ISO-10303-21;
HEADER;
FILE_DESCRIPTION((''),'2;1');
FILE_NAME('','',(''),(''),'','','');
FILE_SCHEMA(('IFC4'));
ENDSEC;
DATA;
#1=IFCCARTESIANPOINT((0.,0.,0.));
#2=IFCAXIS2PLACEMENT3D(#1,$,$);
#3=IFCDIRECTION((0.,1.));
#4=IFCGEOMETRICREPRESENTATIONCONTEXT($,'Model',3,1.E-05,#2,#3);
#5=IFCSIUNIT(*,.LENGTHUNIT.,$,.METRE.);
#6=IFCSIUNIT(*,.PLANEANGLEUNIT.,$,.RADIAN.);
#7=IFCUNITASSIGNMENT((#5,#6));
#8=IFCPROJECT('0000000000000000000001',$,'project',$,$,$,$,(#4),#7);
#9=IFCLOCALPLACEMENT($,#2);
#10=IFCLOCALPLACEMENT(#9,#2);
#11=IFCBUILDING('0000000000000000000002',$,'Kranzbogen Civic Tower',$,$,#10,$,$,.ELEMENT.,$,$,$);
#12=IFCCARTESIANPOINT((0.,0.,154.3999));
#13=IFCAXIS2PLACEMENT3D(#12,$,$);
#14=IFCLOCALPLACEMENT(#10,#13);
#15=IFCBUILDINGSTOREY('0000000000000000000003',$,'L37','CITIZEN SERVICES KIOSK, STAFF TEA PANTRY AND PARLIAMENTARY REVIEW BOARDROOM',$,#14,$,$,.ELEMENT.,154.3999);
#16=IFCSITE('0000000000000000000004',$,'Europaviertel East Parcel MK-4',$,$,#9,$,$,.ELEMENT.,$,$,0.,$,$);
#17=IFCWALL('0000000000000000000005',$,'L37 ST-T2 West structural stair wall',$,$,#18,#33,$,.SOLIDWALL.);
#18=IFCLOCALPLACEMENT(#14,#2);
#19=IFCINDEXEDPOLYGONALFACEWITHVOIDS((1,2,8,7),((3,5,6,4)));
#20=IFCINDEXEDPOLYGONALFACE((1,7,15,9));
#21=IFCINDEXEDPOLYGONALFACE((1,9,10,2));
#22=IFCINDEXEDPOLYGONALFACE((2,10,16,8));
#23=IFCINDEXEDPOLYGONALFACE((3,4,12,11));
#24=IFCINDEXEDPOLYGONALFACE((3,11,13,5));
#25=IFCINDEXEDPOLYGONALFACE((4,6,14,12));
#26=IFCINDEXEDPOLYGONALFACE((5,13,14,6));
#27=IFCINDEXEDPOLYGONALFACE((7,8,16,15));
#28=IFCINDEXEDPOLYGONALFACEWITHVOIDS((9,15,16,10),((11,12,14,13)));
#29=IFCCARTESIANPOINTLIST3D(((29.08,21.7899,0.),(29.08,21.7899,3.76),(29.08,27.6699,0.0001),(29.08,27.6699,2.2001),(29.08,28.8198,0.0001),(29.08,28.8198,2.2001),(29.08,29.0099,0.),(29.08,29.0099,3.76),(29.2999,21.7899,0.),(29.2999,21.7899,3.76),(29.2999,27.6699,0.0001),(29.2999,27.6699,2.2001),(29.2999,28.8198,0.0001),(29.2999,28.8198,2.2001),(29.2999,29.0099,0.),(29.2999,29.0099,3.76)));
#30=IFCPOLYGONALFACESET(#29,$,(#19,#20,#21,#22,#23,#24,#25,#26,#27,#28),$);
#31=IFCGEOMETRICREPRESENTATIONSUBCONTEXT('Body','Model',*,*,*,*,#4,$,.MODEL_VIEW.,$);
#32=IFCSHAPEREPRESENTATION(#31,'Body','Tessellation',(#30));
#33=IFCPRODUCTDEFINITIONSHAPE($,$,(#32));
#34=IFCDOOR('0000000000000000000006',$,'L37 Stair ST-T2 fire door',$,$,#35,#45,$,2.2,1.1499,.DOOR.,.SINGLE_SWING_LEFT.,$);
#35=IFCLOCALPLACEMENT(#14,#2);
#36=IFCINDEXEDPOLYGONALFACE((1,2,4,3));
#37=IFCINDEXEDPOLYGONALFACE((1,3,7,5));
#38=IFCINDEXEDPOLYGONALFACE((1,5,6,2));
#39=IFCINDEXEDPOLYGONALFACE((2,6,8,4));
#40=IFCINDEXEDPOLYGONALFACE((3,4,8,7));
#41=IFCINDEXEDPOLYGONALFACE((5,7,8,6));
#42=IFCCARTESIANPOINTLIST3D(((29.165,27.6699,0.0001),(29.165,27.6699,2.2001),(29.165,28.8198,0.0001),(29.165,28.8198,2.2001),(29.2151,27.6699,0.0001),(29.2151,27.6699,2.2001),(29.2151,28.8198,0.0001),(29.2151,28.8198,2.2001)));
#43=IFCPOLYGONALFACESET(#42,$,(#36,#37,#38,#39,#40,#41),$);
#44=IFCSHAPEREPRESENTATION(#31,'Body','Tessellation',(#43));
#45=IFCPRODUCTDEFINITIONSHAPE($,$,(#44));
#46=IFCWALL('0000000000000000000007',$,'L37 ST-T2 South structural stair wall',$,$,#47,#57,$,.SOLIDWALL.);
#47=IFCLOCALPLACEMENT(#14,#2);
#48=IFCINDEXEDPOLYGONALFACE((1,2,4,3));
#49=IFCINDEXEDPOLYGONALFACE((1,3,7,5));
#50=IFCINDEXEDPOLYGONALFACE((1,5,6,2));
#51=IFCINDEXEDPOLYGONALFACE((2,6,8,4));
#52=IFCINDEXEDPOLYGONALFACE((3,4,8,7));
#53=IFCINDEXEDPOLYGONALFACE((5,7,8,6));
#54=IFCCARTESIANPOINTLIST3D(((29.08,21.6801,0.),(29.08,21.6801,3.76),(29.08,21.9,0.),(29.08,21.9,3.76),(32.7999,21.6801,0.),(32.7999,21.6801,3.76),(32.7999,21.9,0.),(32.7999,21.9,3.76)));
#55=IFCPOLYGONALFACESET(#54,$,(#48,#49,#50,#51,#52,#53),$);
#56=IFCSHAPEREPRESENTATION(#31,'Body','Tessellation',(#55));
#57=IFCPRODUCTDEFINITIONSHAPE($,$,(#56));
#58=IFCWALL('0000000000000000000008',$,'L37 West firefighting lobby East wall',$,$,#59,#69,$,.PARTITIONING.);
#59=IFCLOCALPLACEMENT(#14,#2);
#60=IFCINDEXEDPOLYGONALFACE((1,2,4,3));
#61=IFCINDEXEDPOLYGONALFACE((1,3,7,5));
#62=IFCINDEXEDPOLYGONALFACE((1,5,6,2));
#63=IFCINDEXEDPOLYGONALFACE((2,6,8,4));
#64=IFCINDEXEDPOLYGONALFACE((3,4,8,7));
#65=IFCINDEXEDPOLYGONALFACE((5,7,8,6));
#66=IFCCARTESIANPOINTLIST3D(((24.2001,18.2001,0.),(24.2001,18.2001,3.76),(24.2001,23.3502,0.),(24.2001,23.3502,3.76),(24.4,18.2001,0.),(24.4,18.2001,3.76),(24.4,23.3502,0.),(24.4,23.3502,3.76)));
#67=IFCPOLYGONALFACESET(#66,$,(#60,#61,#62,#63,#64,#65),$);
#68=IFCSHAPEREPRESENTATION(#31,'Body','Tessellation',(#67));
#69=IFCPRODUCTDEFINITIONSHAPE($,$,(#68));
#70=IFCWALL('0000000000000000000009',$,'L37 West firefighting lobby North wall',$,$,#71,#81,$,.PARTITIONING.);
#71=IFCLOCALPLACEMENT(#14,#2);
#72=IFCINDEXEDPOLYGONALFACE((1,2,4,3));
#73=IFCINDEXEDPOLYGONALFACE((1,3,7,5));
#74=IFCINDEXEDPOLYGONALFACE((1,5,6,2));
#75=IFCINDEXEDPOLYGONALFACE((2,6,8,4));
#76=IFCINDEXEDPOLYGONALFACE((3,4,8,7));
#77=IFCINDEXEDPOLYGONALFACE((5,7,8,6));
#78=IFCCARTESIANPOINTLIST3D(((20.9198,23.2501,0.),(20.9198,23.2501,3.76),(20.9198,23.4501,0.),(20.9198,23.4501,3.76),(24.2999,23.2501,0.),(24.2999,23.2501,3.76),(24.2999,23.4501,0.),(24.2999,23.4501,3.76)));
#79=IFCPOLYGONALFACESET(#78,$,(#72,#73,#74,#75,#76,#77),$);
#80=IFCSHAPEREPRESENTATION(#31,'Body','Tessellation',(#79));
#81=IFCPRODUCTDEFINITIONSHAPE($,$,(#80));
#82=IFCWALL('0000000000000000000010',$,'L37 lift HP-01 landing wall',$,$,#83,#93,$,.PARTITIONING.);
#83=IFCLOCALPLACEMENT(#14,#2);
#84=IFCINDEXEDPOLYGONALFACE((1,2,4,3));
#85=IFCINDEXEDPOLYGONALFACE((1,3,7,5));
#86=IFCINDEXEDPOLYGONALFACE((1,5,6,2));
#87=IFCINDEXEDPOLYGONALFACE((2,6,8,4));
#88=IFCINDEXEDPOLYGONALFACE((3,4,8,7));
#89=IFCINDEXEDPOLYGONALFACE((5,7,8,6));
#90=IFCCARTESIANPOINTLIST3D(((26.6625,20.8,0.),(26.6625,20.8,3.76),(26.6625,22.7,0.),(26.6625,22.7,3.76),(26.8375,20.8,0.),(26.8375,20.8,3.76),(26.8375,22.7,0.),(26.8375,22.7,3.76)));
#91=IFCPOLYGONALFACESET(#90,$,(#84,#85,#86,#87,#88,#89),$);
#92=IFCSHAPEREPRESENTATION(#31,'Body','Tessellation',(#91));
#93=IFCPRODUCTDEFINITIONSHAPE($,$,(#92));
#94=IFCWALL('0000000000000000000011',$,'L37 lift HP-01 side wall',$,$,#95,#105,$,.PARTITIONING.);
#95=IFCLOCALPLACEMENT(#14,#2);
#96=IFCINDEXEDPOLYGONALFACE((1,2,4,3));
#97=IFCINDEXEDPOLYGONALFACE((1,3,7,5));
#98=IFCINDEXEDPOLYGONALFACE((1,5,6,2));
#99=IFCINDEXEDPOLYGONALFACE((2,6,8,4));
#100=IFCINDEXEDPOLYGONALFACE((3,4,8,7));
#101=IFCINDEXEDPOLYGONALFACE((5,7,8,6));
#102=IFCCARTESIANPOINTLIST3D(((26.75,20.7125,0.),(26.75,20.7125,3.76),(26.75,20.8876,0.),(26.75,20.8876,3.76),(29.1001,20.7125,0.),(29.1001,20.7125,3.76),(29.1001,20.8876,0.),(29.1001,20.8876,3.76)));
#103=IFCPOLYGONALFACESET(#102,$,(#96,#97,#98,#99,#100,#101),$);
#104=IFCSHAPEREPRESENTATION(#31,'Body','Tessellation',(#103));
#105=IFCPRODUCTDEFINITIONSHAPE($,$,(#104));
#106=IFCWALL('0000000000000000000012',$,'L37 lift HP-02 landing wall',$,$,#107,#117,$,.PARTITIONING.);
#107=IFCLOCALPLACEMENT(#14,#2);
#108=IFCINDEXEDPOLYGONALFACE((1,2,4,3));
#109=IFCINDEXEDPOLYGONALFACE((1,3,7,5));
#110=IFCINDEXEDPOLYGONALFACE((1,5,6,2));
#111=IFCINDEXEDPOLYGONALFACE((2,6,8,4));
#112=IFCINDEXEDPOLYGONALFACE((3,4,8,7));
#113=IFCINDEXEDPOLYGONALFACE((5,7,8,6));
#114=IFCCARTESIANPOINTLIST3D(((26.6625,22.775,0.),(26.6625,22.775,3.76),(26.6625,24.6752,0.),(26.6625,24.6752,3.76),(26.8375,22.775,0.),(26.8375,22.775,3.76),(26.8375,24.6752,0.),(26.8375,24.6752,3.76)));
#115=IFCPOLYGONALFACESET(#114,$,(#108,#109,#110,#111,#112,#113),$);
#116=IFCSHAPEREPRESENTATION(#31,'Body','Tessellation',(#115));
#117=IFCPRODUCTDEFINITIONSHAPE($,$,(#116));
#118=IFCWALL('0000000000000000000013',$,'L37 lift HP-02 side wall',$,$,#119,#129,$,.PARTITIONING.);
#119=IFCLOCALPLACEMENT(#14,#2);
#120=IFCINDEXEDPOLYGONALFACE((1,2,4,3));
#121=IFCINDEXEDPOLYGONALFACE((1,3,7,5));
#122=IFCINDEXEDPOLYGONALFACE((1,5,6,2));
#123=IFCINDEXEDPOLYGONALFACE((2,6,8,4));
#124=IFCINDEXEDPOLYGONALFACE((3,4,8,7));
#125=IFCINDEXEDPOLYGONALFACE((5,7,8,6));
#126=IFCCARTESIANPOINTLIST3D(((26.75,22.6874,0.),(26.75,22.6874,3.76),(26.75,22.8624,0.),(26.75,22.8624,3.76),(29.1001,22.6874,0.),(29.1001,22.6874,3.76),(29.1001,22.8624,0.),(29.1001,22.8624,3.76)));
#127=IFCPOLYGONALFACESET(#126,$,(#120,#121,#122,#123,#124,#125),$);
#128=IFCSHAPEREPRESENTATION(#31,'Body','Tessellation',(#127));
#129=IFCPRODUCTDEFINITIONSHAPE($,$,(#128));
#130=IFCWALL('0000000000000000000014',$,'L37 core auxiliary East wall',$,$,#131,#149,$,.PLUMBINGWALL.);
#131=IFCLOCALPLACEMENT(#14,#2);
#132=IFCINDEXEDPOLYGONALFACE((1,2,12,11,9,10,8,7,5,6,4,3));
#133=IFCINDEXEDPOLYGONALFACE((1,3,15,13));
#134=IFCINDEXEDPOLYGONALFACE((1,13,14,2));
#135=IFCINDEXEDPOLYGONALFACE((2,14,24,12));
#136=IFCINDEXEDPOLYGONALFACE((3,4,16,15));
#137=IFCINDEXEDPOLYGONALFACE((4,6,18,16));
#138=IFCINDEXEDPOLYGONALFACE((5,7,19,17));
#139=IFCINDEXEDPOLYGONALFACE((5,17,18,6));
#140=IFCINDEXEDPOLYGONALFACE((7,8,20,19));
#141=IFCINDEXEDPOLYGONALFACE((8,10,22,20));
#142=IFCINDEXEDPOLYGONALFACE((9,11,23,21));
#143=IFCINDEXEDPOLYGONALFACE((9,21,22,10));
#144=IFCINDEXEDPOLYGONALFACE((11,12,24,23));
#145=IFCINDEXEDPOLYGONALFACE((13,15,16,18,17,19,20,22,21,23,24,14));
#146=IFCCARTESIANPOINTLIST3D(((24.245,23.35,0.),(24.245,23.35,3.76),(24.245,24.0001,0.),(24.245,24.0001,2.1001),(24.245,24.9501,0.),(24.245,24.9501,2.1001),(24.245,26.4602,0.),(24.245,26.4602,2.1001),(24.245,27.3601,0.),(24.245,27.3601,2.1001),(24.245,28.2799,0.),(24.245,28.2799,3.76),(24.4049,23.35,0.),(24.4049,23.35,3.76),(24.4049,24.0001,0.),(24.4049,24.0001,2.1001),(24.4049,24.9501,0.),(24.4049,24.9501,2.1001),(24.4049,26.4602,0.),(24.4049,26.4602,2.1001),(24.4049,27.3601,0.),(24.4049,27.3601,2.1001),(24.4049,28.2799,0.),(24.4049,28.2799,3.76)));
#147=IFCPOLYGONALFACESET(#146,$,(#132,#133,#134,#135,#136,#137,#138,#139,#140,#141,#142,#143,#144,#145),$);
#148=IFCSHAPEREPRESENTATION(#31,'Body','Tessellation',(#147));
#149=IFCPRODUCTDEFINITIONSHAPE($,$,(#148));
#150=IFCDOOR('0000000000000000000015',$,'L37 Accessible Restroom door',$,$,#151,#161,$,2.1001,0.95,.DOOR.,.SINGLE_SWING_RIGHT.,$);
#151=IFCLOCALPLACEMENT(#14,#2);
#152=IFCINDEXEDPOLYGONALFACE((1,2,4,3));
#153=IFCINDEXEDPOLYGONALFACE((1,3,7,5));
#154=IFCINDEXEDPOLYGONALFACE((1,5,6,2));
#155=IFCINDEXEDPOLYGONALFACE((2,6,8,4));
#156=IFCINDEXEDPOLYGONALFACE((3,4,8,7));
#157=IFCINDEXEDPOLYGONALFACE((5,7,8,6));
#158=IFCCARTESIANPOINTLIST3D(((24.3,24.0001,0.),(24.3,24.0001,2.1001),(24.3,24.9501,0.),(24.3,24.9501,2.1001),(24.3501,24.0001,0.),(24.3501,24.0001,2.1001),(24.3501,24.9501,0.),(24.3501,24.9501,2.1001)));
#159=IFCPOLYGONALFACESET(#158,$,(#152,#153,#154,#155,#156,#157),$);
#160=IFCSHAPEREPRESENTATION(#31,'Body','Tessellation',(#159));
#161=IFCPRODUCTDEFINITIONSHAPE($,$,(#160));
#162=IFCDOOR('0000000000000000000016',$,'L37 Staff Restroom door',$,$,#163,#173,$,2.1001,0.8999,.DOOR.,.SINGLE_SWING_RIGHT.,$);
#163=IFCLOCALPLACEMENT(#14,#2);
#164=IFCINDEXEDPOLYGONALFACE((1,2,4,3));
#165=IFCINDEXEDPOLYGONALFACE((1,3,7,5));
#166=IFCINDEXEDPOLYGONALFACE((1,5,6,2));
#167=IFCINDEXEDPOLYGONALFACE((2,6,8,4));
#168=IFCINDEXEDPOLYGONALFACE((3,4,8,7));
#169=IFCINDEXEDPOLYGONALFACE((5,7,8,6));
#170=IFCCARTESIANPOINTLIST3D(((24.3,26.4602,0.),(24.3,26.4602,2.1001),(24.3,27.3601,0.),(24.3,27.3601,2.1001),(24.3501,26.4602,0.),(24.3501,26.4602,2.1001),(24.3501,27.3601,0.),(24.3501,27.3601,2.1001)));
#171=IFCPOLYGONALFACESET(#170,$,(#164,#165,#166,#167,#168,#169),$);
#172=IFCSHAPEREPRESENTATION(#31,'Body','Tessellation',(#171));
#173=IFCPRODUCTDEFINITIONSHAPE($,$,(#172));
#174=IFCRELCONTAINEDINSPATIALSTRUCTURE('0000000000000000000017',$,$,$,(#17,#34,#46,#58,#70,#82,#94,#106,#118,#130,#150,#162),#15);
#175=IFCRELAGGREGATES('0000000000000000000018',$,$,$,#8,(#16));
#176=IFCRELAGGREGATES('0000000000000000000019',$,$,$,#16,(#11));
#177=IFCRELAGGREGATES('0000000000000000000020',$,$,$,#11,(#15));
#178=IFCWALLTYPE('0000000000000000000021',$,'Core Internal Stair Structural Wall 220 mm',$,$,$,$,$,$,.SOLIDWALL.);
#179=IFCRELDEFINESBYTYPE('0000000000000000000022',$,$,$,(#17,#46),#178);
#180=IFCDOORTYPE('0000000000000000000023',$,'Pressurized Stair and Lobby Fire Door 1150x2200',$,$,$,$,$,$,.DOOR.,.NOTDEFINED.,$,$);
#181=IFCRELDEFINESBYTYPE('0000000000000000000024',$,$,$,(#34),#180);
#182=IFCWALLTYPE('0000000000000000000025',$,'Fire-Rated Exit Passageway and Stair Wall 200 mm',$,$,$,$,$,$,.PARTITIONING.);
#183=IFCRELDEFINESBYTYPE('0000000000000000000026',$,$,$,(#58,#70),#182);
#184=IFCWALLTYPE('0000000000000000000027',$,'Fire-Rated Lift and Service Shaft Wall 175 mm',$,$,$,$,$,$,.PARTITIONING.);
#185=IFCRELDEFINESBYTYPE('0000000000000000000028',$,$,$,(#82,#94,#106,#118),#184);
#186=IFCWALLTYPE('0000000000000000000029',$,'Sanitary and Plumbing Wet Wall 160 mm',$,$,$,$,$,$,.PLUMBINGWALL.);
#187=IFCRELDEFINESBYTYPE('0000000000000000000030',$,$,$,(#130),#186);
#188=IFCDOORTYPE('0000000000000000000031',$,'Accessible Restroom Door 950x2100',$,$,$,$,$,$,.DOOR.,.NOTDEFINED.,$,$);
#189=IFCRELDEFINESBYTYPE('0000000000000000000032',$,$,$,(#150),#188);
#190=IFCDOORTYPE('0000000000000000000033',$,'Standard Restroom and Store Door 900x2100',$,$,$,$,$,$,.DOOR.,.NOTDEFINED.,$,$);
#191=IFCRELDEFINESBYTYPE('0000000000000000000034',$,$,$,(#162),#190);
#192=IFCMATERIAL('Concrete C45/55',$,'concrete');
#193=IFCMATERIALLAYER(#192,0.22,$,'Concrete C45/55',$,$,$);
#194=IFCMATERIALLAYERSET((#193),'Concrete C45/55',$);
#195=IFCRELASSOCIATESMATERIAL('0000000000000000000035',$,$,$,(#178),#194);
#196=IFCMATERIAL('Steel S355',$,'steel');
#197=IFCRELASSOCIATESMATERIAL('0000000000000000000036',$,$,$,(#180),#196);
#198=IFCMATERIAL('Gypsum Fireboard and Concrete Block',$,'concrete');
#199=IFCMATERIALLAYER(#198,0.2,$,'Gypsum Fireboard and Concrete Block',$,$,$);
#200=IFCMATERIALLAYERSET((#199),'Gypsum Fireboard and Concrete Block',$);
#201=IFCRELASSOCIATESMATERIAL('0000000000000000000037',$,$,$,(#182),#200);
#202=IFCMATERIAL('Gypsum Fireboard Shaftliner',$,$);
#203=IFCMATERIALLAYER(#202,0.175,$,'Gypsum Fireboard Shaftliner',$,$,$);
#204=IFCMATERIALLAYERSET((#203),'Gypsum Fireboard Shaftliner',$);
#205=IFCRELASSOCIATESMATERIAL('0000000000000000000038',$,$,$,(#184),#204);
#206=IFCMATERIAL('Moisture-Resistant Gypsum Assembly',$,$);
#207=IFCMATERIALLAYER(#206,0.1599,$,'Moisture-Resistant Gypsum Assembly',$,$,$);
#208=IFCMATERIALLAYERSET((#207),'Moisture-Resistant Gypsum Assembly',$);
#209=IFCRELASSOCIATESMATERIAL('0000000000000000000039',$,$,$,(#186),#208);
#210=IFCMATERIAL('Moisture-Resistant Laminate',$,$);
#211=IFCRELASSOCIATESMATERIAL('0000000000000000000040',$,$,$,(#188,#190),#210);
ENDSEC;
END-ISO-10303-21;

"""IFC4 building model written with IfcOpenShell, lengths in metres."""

from ifc_helpers import new_model, si_unit, direction, frame, frame_2d, origin, place, context, subcontext, project, spatial, rectangle, extrude, material, layer, layer_set, type_object, element, fill, save


model = new_model("IFC4")

# Units and contexts
model_context = context("Model", 3, precision=1e-05, world=origin(), true_north=direction((0.0, 1.0)))
body_context = subcontext(model_context, "Body", "Model", "MODEL_VIEW")
ifc_project = project(units=[si_unit("LENGTHUNIT", "METRE"), si_unit("PLANEANGLEUNIT", "RADIAN")], contexts=[model_context])

# Site, building, storey
site_placement = place(None, origin())
site = spatial("IfcSite", under=ifc_project, at=site_placement, Name="Europaviertel East Parcel MK-4", CompositionType="ELEMENT", RefElevation=0.0)
building_placement = place(site_placement, origin())
building = spatial("IfcBuilding", under=site, at=building_placement, Name="Kranzbogen Civic Tower", CompositionType="ELEMENT")
storey_placement = place(building_placement, frame((0.0, 0.0, 154.3999)))
storey = spatial("IfcBuildingStorey", under=building, at=storey_placement, Name="L37", Description="CITIZEN SERVICES KIOSK, STAFF TEA PANTRY AND PARLIAMENTARY REVIEW BOARDROOM", CompositionType="ELEMENT", Elevation=154.3999)

# Shared definitions
ifc_material_1 = material(Name="Steel S355", Category="steel")

# Wall, opening, door
ifc_material_2 = material(Name="Concrete C45/55", Category="concrete")
ifc_layer_1 = layer(ifc_material_2, 0.22, Name="Concrete C45/55")
ifc_layer_set_1 = layer_set([ifc_layer_1], Name="Concrete C45/55")
wall_type_1 = type_object("IfcWallType", Name="Core Internal Stair Structural Wall 220 mm", PredefinedType="SOLIDWALL", material=ifc_layer_set_1)
door_type_1 = type_object("IfcDoorType", Name="Pressurized Stair and Lobby Fire Door 1150x2200", OperationType="NOTDEFINED", PredefinedType="DOOR", material=ifc_material_1)
wall_1_placement = place(storey_placement, frame((29.1899, 21.79, 0.0), z_axis=(0.0, 0.0, 1.0), x_axis=(0.0, 1.0, 0.0)))
wall_1 = element("IfcWall", 1, at=wall_1_placement, inside=storey, type_object=wall_type_1, Name="L37 ST-T2 West structural stair wall", PredefinedType="SOLIDWALL", context=body_context, shape_type="SweptSolid", body=[
    extrude(rectangle(XDim=7.22, YDim=0.22, at=frame_2d((3.6099, 0.0))), origin(), (0.0, 0.0, 1.0), 3.76),
])
opening_1_placement = place(wall_1_placement, frame((5.8799, 0.0, 0.0)))
opening_1 = element("IfcOpeningElement", 2, at=opening_1_placement, cuts=wall_1, PredefinedType="OPENING", context=body_context, shape_type="SweptSolid", body=[
    extrude(rectangle(XDim=1.1499, YDim=2.2, at=frame_2d((0.575, 1.1001))), frame((0.0, 0.1201, 0.0), z_axis=(0.0, -1.0, 0.0), x_axis=(1.0, 0.0, 0.0)), (0.0, 0.0, 1.0), 0.24),
])
door_1_placement = place(opening_1_placement, origin())
door_1 = element("IfcDoor", 3, at=door_1_placement, inside=storey, type_object=door_type_1, Name="L37 Stair ST-T2 fire door", OperationType="SINGLE_SWING_LEFT", OverallHeight=2.2, OverallWidth=1.1499, PredefinedType="DOOR", context=body_context, shape_type="SweptSolid", body=[
    extrude(rectangle(XDim=1.1499, YDim=2.2, at=frame_2d((0.575, 1.1001))), frame((0.0, 0.0249, 0.0), z_axis=(0.0, -1.0, 0.0), x_axis=(1.0, 0.0, 0.0)), (0.0, 0.0, 1.0), 0.05),
])
fill(opening_1, door_1)

# Walls
wall_2_placement = place(storey_placement, frame((29.0801, 21.79, 0.0), z_axis=(0.0, 0.0, 1.0), x_axis=(1.0, 0.0, 0.0)))
element("IfcWall", 4, at=wall_2_placement, inside=storey, type_object=wall_type_1, Name="L37 ST-T2 South structural stair wall", PredefinedType="SOLIDWALL", context=body_context, shape_type="SweptSolid", body=[
    extrude(rectangle(XDim=3.72, YDim=0.22, at=frame_2d((1.8599, 0.0))), origin(), (0.0, 0.0, 1.0), 3.76),
])
ifc_material_3 = material(Name="Gypsum Fireboard and Concrete Block", Category="concrete")
ifc_layer_2 = layer(ifc_material_3, 0.2, Name="Gypsum Fireboard and Concrete Block")
ifc_layer_set_2 = layer_set([ifc_layer_2], Name="Gypsum Fireboard and Concrete Block")
wall_type_2 = type_object("IfcWallType", Name="Fire-Rated Exit Passageway and Stair Wall 200 mm", PredefinedType="PARTITIONING", material=ifc_layer_set_2)
wall_3_placement = place(storey_placement, frame((24.3, 18.2, 0.0), z_axis=(0.0, 0.0, 1.0), x_axis=(0.0, 1.0, 0.0)))
element("IfcWall", 5, at=wall_3_placement, inside=storey, type_object=wall_type_2, Name="L37 West firefighting lobby East wall", PredefinedType="PARTITIONING", context=body_context, shape_type="SweptSolid", body=[
    extrude(rectangle(XDim=5.1501, YDim=0.2, at=frame_2d((2.5752, 0.0))), origin(), (0.0, 0.0, 1.0), 3.76),
])
wall_4_placement = place(storey_placement, frame((20.9199, 23.3501, 0.0), z_axis=(0.0, 0.0, 1.0), x_axis=(1.0, 0.0, 0.0)))
element("IfcWall", 6, at=wall_4_placement, inside=storey, type_object=wall_type_2, Name="L37 West firefighting lobby North wall", PredefinedType="PARTITIONING", context=body_context, shape_type="SweptSolid", body=[
    extrude(rectangle(XDim=3.3801, YDim=0.2, at=frame_2d((1.6899, 0.0))), origin(), (0.0, 0.0, 1.0), 3.76),
])
ifc_material_4 = material(Name="Gypsum Fireboard Shaftliner")
ifc_layer_3 = layer(ifc_material_4, 0.175, Name="Gypsum Fireboard Shaftliner")
ifc_layer_set_3 = layer_set([ifc_layer_3], Name="Gypsum Fireboard Shaftliner")
wall_type_3 = type_object("IfcWallType", Name="Fire-Rated Lift and Service Shaft Wall 175 mm", PredefinedType="PARTITIONING", material=ifc_layer_set_3)
wall_5_placement = place(storey_placement, frame((26.75, 20.8, 0.0), z_axis=(0.0, 0.0, 1.0), x_axis=(0.0, 1.0, 0.0)))
element("IfcWall", 7, at=wall_5_placement, inside=storey, type_object=wall_type_3, Name="L37 lift HP-01 landing wall", PredefinedType="PARTITIONING", context=body_context, shape_type="SweptSolid", body=[
    extrude(rectangle(XDim=1.8999, YDim=0.175, at=frame_2d((0.95, 0.0))), origin(), (0.0, 0.0, 1.0), 3.76),
])
wall_6_placement = place(storey_placement, frame((26.75, 20.8, 0.0), z_axis=(0.0, 0.0, 1.0), x_axis=(1.0, 0.0, 0.0)))
element("IfcWall", 8, at=wall_6_placement, inside=storey, type_object=wall_type_3, Name="L37 lift HP-01 side wall", PredefinedType="PARTITIONING", context=body_context, shape_type="SweptSolid", body=[
    extrude(rectangle(XDim=2.3501, YDim=0.175, at=frame_2d((1.175, 0.0))), origin(), (0.0, 0.0, 1.0), 3.76),
])
wall_7_placement = place(storey_placement, frame((26.75, 22.7749, 0.0), z_axis=(0.0, 0.0, 1.0), x_axis=(0.0, 1.0, 0.0)))
element("IfcWall", 9, at=wall_7_placement, inside=storey, type_object=wall_type_3, Name="L37 lift HP-02 landing wall", PredefinedType="PARTITIONING", context=body_context, shape_type="SweptSolid", body=[
    extrude(rectangle(XDim=1.9001, YDim=0.175, at=frame_2d((0.9502, 0.0))), origin(), (0.0, 0.0, 1.0), 3.76),
])
wall_8_placement = place(storey_placement, frame((26.75, 22.7749, 0.0), z_axis=(0.0, 0.0, 1.0), x_axis=(1.0, 0.0, 0.0)))
element("IfcWall", 10, at=wall_8_placement, inside=storey, type_object=wall_type_3, Name="L37 lift HP-02 side wall", PredefinedType="PARTITIONING", context=body_context, shape_type="SweptSolid", body=[
    extrude(rectangle(XDim=2.3501, YDim=0.175, at=frame_2d((1.175, 0.0))), origin(), (0.0, 0.0, 1.0), 3.76),
])

# Wall, openings, doors
ifc_material_5 = material(Name="Moisture-Resistant Gypsum Assembly")
ifc_layer_4 = layer(ifc_material_5, 0.1599, Name="Moisture-Resistant Gypsum Assembly")
ifc_layer_set_4 = layer_set([ifc_layer_4], Name="Moisture-Resistant Gypsum Assembly")
wall_type_4 = type_object("IfcWallType", Name="Sanitary and Plumbing Wet Wall 160 mm", PredefinedType="PLUMBINGWALL", material=ifc_layer_set_4)
wall_9_placement = place(storey_placement, frame((24.325, 23.3501, 0.0), z_axis=(0.0, 0.0, 1.0), x_axis=(0.0, 1.0, 0.0)))
wall_9 = element("IfcWall", 11, at=wall_9_placement, inside=storey, type_object=wall_type_4, Name="L37 core auxiliary East wall", PredefinedType="PLUMBINGWALL", context=body_context, shape_type="SweptSolid", body=[
    extrude(rectangle(XDim=4.9299, YDim=0.1599, at=frame_2d((2.4648, 0.0))), origin(), (0.0, 0.0, 1.0), 3.76),
])
opening_2_placement = place(wall_9_placement, frame((0.6499, 0.0, 0.0)))
opening_2 = element("IfcOpeningElement", 12, at=opening_2_placement, cuts=wall_9, PredefinedType="OPENING", context=body_context, shape_type="SweptSolid", body=[
    extrude(rectangle(XDim=0.95, YDim=2.1001, at=frame_2d((0.4751, 1.05))), frame((0.0, 0.0898, 0.0), z_axis=(0.0, -1.0, 0.0), x_axis=(1.0, 0.0, 0.0)), (0.0, 0.0, 1.0), 0.1799),
])
opening_3_placement = place(wall_9_placement, frame((3.1101, 0.0, 0.0)))
opening_3 = element("IfcOpeningElement", 13, at=opening_3_placement, cuts=wall_9, PredefinedType="OPENING", context=body_context, shape_type="SweptSolid", body=[
    extrude(rectangle(XDim=0.8999, YDim=2.1001, at=frame_2d((0.45, 1.05))), frame((0.0, 0.0898, 0.0), z_axis=(0.0, -1.0, 0.0), x_axis=(1.0, 0.0, 0.0)), (0.0, 0.0, 1.0), 0.1799),
])
ifc_material_6 = material(Name="Moisture-Resistant Laminate")
door_type_2 = type_object("IfcDoorType", Name="Accessible Restroom Door 950x2100", OperationType="NOTDEFINED", PredefinedType="DOOR", material=ifc_material_6)
door_2_placement = place(opening_2_placement, origin())
door_2 = element("IfcDoor", 14, at=door_2_placement, inside=storey, type_object=door_type_2, Name="L37 Accessible Restroom door", OperationType="SINGLE_SWING_RIGHT", OverallHeight=2.1001, OverallWidth=0.95, PredefinedType="DOOR", context=body_context, shape_type="SweptSolid", body=[
    extrude(rectangle(XDim=0.95, YDim=2.1001, at=frame_2d((0.4751, 1.05))), frame((0.0, 0.0249, 0.0), z_axis=(0.0, -1.0, 0.0), x_axis=(1.0, 0.0, 0.0)), (0.0, 0.0, 1.0), 0.05),
])
fill(opening_2, door_2)
door_type_3 = type_object("IfcDoorType", Name="Standard Restroom and Store Door 900x2100", OperationType="NOTDEFINED", PredefinedType="DOOR", material=ifc_material_6)
door_3_placement = place(opening_3_placement, origin())
door_3 = element("IfcDoor", 15, at=door_3_placement, inside=storey, type_object=door_type_3, Name="L37 Staff Restroom door", OperationType="SINGLE_SWING_RIGHT", OverallHeight=2.1001, OverallWidth=0.8999, PredefinedType="DOOR", context=body_context, shape_type="SweptSolid", body=[
    extrude(rectangle(XDim=0.8999, YDim=2.1001, at=frame_2d((0.45, 1.05))), frame((0.0, 0.0249, 0.0), z_axis=(0.0, -1.0, 0.0), x_axis=(1.0, 0.0, 0.0)), (0.0, 0.0, 1.0), 0.05),
])
fill(opening_3, door_3)

save(model, "model.ifc")
